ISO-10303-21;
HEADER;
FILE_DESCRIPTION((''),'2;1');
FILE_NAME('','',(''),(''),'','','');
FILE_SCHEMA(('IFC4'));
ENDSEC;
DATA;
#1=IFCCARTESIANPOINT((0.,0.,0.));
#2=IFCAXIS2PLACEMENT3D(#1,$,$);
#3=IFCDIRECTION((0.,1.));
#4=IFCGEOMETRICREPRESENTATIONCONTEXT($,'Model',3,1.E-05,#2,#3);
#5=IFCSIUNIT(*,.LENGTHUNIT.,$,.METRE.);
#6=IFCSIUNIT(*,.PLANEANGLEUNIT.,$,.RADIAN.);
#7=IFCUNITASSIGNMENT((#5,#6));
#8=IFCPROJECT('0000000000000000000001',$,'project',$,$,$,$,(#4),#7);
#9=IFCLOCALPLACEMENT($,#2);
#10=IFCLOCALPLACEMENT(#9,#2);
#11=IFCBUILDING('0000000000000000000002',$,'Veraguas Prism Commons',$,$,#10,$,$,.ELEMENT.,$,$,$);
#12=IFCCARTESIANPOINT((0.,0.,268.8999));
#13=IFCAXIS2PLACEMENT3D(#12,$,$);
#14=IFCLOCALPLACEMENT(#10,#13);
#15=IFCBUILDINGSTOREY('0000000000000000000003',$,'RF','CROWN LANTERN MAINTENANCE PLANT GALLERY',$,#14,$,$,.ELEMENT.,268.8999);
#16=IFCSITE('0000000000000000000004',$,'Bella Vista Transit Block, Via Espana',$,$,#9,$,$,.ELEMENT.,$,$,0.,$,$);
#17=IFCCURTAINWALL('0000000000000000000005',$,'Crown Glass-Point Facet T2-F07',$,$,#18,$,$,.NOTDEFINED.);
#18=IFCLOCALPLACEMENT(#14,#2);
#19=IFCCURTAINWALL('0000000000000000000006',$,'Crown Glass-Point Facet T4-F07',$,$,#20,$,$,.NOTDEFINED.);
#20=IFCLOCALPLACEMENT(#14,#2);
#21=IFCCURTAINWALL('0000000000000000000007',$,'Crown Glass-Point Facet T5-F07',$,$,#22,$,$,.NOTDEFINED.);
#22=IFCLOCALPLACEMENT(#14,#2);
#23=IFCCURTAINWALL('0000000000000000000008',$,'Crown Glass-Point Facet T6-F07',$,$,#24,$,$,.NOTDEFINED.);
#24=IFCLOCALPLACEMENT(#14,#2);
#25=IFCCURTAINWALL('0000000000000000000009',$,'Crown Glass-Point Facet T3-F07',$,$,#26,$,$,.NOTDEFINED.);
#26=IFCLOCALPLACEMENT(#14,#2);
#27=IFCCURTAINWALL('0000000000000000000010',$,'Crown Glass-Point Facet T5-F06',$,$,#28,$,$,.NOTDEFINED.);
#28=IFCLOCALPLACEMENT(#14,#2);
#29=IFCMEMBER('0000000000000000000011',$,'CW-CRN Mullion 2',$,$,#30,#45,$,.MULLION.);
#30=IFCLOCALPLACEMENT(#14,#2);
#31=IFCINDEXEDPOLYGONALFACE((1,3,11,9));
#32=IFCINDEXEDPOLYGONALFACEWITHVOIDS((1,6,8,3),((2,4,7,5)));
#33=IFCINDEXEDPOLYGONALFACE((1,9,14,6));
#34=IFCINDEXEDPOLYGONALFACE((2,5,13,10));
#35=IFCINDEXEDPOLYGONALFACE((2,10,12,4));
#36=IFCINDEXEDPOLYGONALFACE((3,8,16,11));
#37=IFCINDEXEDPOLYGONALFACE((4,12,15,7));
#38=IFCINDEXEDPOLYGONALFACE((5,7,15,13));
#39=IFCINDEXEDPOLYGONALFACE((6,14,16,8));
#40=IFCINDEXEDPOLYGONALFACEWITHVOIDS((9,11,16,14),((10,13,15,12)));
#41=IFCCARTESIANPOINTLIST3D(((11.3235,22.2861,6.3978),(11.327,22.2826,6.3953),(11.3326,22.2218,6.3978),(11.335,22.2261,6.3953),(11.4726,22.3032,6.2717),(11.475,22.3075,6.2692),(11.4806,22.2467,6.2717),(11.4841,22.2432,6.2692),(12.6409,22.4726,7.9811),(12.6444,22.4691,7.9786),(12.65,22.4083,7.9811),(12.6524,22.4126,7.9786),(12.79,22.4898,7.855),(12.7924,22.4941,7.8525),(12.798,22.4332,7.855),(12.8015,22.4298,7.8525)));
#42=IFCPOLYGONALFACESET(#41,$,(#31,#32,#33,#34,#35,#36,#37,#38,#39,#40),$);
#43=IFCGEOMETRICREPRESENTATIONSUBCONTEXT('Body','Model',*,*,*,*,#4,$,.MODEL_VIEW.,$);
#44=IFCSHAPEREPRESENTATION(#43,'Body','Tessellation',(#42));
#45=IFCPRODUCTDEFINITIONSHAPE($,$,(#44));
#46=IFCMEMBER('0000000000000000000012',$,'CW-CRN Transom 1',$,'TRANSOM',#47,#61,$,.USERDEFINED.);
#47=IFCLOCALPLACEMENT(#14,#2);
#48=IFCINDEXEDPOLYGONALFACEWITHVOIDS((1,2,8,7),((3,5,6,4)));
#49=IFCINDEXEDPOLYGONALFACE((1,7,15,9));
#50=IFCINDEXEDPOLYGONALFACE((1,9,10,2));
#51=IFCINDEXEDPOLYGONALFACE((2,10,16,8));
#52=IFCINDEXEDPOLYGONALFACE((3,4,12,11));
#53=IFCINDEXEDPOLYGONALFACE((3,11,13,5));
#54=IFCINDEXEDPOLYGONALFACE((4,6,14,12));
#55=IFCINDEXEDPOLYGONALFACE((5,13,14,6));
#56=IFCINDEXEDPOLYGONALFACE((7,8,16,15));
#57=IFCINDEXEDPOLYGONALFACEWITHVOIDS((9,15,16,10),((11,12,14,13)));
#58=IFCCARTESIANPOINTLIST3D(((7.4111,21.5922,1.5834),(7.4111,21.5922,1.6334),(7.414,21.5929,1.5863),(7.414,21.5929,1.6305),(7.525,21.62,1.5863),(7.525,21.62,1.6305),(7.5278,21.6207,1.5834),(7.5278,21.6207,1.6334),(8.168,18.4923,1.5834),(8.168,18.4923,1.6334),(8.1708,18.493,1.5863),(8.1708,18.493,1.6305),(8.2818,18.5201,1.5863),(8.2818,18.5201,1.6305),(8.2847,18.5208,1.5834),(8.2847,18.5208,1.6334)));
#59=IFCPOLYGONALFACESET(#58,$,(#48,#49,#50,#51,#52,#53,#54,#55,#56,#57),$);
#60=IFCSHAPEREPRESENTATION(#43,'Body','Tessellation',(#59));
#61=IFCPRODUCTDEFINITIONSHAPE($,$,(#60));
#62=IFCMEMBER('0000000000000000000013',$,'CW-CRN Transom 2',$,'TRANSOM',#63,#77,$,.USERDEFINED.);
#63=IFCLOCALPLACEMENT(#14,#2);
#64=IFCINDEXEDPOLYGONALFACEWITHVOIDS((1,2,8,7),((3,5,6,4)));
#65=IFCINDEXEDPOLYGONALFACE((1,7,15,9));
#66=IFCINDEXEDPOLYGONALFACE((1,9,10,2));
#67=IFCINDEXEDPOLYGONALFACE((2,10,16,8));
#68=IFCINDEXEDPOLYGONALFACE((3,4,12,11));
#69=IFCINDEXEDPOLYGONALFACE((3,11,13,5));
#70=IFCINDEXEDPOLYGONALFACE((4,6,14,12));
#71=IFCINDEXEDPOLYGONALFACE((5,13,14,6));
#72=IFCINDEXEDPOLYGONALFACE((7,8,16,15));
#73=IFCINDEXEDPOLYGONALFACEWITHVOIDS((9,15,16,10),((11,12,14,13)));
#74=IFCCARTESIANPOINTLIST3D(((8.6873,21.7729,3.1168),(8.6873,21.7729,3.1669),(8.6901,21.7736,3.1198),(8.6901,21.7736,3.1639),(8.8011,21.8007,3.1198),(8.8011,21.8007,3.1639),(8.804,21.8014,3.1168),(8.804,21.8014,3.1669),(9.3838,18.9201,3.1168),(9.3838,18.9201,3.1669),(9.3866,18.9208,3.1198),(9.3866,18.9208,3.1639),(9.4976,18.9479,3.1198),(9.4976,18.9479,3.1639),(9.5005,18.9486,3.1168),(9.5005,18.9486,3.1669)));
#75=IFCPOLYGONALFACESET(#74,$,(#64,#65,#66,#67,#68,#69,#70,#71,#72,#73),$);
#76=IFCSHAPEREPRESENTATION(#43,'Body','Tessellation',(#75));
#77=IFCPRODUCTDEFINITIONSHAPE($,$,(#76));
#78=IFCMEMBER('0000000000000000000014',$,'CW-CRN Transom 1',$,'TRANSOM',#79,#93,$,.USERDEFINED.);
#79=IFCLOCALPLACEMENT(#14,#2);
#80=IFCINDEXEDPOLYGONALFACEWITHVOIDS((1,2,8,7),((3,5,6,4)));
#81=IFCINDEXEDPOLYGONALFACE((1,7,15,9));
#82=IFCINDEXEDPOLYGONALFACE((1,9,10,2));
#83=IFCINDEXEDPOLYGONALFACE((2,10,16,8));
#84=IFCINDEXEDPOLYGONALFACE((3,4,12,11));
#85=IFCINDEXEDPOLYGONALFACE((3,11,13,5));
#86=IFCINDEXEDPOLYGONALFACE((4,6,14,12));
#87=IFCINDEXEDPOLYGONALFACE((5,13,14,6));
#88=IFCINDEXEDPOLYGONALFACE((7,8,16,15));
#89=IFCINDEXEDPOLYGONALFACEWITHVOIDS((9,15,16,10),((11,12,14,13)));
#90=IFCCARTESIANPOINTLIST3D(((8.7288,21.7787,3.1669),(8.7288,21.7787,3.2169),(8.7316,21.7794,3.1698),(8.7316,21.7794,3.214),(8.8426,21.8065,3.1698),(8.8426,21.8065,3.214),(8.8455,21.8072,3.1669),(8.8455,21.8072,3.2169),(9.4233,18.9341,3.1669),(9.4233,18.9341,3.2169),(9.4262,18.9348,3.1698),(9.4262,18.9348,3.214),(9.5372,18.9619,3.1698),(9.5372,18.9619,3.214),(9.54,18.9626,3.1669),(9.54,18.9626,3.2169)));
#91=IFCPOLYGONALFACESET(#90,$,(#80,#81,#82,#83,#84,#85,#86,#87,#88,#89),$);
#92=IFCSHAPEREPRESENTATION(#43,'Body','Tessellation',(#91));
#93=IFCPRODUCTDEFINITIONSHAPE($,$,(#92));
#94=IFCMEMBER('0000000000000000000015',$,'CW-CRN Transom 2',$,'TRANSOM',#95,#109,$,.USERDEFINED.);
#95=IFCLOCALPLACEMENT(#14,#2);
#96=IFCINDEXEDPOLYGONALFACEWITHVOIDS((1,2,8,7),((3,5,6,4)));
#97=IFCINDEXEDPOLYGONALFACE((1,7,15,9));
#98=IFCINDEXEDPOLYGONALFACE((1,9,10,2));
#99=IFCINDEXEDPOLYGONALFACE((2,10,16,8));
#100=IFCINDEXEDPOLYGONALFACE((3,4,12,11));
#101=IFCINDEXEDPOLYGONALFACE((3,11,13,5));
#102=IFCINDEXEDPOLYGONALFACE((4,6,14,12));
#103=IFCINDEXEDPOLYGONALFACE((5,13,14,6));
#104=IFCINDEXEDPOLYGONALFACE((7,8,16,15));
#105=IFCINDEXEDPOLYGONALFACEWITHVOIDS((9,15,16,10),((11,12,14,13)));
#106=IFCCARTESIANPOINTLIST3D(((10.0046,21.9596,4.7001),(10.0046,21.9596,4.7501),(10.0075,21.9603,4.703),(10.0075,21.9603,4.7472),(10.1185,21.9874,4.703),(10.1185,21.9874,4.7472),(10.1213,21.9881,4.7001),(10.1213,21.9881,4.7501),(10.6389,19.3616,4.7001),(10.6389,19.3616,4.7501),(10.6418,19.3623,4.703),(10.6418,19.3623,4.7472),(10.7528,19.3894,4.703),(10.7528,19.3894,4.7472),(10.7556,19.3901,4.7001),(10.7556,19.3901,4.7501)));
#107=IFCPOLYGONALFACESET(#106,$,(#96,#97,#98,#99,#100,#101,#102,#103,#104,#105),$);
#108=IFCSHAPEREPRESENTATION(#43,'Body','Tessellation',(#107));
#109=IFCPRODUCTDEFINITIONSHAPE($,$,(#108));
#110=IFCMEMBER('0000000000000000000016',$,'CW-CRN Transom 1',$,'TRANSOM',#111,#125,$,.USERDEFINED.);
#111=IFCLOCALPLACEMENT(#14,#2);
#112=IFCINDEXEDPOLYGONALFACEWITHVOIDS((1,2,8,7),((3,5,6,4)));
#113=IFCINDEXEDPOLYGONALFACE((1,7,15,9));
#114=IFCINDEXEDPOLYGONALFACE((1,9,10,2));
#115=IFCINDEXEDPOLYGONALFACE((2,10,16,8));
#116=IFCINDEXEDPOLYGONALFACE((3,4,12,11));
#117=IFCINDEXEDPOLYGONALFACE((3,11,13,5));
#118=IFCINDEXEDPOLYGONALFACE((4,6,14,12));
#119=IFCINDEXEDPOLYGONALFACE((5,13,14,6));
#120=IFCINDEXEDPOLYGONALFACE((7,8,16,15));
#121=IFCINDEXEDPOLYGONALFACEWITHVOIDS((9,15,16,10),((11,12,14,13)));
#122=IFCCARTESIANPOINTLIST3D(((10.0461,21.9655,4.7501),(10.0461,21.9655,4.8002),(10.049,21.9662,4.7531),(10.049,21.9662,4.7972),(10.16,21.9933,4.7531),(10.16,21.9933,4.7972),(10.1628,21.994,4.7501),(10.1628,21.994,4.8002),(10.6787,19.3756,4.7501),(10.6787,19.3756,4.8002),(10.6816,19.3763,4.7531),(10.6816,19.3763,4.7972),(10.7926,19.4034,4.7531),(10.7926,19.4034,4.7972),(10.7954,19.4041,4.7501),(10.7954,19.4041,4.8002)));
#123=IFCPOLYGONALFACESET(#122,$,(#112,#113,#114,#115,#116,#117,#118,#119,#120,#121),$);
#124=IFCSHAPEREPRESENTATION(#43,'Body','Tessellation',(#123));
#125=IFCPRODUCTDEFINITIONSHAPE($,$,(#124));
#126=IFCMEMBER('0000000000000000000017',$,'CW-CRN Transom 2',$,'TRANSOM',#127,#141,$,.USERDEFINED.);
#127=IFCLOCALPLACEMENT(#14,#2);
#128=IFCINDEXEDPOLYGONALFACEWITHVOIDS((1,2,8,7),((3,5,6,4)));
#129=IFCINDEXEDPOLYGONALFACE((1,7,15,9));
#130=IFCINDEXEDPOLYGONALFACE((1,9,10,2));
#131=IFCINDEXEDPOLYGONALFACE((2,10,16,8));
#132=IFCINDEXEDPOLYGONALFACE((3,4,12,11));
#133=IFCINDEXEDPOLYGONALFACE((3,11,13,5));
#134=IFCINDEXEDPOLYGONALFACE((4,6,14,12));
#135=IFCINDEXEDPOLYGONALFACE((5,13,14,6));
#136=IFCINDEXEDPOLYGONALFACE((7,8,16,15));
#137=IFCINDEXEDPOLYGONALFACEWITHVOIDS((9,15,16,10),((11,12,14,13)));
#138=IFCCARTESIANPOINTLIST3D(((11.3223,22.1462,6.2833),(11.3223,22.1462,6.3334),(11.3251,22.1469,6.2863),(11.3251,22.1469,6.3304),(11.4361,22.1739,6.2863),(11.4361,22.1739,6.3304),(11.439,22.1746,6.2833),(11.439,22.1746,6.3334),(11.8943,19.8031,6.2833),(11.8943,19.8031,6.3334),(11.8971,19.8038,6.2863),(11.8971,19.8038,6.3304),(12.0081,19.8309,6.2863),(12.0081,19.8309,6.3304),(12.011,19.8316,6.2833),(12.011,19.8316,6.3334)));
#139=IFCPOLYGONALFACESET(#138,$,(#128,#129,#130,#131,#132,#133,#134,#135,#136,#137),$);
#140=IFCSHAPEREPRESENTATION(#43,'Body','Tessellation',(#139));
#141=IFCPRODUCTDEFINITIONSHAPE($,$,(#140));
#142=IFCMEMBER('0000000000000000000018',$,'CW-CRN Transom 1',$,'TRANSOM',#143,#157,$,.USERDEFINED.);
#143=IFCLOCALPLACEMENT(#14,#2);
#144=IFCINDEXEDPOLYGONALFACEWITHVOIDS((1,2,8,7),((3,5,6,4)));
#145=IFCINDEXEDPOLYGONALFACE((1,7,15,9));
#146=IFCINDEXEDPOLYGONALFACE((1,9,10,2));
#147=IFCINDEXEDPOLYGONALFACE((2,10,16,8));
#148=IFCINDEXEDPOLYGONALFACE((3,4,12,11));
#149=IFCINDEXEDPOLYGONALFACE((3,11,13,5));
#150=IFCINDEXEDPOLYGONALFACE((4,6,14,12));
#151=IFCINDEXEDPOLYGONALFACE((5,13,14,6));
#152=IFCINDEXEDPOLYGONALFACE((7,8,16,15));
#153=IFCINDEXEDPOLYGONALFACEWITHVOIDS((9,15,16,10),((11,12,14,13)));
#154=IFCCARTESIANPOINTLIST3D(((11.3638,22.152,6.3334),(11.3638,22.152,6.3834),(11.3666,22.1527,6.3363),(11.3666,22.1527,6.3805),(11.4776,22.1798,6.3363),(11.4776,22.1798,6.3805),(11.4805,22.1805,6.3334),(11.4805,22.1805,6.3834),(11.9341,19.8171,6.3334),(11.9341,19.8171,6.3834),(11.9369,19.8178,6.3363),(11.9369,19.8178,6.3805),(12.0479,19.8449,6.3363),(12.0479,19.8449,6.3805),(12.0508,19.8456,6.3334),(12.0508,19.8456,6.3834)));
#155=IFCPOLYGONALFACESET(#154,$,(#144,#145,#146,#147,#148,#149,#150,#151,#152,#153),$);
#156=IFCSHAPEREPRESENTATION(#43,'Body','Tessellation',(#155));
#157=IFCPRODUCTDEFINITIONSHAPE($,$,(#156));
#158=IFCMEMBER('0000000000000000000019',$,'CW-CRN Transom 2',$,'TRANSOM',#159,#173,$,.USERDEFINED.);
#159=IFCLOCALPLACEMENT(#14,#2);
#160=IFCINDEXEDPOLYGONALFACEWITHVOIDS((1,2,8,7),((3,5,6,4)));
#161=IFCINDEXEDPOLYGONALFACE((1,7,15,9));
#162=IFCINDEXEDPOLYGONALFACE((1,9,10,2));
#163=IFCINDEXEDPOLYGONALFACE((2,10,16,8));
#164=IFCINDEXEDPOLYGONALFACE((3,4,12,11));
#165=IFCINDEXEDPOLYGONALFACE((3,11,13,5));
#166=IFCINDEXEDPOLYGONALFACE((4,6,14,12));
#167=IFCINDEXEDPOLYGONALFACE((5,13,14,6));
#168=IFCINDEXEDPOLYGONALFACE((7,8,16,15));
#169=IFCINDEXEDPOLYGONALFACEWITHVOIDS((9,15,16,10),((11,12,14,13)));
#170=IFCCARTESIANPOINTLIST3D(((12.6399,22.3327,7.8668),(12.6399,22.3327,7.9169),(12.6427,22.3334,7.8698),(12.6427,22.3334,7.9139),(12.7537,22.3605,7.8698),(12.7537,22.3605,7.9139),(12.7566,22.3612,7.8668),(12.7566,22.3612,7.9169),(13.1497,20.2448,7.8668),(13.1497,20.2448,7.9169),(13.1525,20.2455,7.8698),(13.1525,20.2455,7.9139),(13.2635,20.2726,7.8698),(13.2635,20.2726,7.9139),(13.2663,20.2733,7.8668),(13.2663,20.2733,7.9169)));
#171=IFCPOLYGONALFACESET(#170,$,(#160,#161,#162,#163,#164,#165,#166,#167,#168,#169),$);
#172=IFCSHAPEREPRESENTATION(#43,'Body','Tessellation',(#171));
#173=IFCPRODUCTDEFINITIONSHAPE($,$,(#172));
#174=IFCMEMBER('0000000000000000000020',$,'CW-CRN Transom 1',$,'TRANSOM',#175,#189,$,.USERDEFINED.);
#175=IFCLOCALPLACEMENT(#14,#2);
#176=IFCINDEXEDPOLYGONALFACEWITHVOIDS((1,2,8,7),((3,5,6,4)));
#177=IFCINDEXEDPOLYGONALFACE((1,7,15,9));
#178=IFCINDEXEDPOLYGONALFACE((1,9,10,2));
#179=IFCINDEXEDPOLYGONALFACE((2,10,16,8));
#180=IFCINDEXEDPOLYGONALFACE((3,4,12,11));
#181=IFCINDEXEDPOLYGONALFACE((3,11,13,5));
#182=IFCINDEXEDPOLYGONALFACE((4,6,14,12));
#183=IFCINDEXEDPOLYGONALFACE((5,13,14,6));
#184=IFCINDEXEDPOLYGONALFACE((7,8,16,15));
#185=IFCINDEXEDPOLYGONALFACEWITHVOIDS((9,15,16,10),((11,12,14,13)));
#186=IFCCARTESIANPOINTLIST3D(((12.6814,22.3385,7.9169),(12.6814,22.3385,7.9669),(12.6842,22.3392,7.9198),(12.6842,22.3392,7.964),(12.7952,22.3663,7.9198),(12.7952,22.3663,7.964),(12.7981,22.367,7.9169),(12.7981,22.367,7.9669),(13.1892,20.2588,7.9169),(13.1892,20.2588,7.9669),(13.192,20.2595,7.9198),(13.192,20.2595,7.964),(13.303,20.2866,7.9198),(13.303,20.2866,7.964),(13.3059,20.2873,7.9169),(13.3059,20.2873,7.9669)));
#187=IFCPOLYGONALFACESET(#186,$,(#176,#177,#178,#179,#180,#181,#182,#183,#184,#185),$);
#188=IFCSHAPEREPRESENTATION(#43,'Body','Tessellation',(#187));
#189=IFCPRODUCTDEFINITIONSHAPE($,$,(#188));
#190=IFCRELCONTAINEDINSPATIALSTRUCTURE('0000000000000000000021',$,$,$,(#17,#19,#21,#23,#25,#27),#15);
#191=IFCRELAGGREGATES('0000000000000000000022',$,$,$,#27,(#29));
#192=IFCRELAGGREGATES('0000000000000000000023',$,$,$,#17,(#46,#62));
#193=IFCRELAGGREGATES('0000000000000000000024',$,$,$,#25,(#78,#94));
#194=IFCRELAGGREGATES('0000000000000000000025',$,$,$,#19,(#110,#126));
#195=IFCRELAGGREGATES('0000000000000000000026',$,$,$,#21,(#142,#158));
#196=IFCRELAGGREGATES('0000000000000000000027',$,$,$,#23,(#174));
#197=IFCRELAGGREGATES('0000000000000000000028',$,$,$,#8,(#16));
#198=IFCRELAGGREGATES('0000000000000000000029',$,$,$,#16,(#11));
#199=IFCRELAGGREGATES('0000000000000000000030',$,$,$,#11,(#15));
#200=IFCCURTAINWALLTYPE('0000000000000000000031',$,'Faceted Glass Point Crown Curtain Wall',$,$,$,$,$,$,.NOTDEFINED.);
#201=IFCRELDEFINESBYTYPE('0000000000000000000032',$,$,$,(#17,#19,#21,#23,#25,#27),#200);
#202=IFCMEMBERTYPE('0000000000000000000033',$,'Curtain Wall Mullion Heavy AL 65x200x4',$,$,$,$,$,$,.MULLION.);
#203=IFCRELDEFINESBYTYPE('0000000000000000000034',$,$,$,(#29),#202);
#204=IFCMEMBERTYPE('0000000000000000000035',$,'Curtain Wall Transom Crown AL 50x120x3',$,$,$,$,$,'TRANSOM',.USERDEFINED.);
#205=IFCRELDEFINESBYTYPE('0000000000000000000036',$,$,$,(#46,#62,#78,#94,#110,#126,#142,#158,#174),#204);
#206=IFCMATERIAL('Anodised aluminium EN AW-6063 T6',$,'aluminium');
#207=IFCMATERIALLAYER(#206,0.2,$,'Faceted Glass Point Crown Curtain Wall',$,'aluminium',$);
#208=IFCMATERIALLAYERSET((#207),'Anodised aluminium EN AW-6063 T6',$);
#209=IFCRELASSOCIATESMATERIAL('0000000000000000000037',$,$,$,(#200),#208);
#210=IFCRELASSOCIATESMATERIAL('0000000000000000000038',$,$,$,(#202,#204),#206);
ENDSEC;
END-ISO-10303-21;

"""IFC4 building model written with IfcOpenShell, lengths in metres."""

from ifc_helpers import new_model, si_unit, direction, frame, origin, origin_2d, place, context, subcontext, project, spatial, hollow_rectangle, extrude, source, transform, mapped, material, layer, layer_set, material_profile, profile_set, type_object, element, aggregate, save


model = new_model("IFC4")

# Units and contexts
model_context = context("Model", 3, precision=1e-05, world=origin(), true_north=direction((0.0, 1.0)))
body_context = subcontext(model_context, "Body", "Model", "MODEL_VIEW")
ifc_project = project(units=[si_unit("LENGTHUNIT", "METRE"), si_unit("PLANEANGLEUNIT", "RADIAN")], contexts=[model_context])

# Site, building, storey
site_placement = place(None, origin())
site = spatial("IfcSite", under=ifc_project, at=site_placement, Name="Bella Vista Transit Block, Via Espana", CompositionType="ELEMENT", RefElevation=0.0)
building_placement = place(site_placement, origin())
building = spatial("IfcBuilding", under=site, at=building_placement, Name="Veraguas Prism Commons", CompositionType="ELEMENT")
storey_placement = place(building_placement, frame((0.0, 0.0, 268.8999)))
storey = spatial("IfcBuildingStorey", under=building, at=storey_placement, Name="RF", Description="CROWN LANTERN MAINTENANCE PLANT GALLERY", CompositionType="ELEMENT", Elevation=268.8999)

# Curtain walls
ifc_material_1 = material(Name="Anodised aluminium EN AW-6063 T6", Category="aluminium")
ifc_layer_1 = layer(ifc_material_1, 0.2, Name="Faceted Glass Point Crown Curtain Wall", Category="aluminium")
ifc_layer_set_1 = layer_set([ifc_layer_1], Name="Anodised aluminium EN AW-6063 T6")
curtain_wall_type = type_object("IfcCurtainWallType", Name="Faceted Glass Point Crown Curtain Wall", PredefinedType="NOTDEFINED", material=ifc_layer_set_1)
ifc_material_profile_1 = material_profile(ifc_material_1, hollow_rectangle(XDim=0.0649, YDim=0.2, WallThickness=0.0039, at=origin_2d()), Name="AL65X200X4")
ifc_profile_set_1 = profile_set([ifc_material_profile_1], Name="Anodised aluminium EN AW-6063 T6")
member_type_1 = type_object("IfcMemberType", Name="Curtain Wall Mullion Heavy AL 65x200x4", PredefinedType="MULLION", material=ifc_profile_set_1)
curtain_wall_1_placement = place(storey_placement, origin())
curtain_wall_1 = element("IfcCurtainWall", 1, at=curtain_wall_1_placement, inside=storey, type_object=curtain_wall_type, Name="Crown Glass-Point Facet T2-F07", PredefinedType="NOTDEFINED")
curtain_wall_2_placement = place(storey_placement, origin())
curtain_wall_2 = element("IfcCurtainWall", 2, at=curtain_wall_2_placement, inside=storey, type_object=curtain_wall_type, Name="Crown Glass-Point Facet T4-F07", PredefinedType="NOTDEFINED")
curtain_wall_3_placement = place(storey_placement, origin())
curtain_wall_3 = element("IfcCurtainWall", 3, at=curtain_wall_3_placement, inside=storey, type_object=curtain_wall_type, Name="Crown Glass-Point Facet T5-F07", PredefinedType="NOTDEFINED")
curtain_wall_4_placement = place(storey_placement, origin())
curtain_wall_4 = element("IfcCurtainWall", 4, at=curtain_wall_4_placement, inside=storey, type_object=curtain_wall_type, Name="Crown Glass-Point Facet T6-F07", PredefinedType="NOTDEFINED")

# Shared definitions
ifc_material_profile_2 = material_profile(ifc_material_1, hollow_rectangle(XDim=0.05, YDim=0.1201, WallThickness=0.0029, at=origin_2d()), Name="AL50X120X3")
ifc_profile_set_2 = profile_set([ifc_material_profile_2], Name="Anodised aluminium EN AW-6063 T6")
member_type_2 = type_object("IfcMemberType", Name="Curtain Wall Transom Crown AL 50x120x3", ElementType="TRANSOM", PredefinedType="USERDEFINED", material=ifc_profile_set_2)

# Curtain walls, member
curtain_wall_5_placement = place(storey_placement, origin())
curtain_wall_5 = element("IfcCurtainWall", 5, at=curtain_wall_5_placement, inside=storey, type_object=curtain_wall_type, Name="Crown Glass-Point Facet T3-F07", PredefinedType="NOTDEFINED")
shared_shape_1 = source(origin(), body_context, "Body", "SweptSolid", [
    extrude(hollow_rectangle(XDim=0.0649, YDim=0.2, WallThickness=0.0039, at=origin_2d()), origin(), (0.0, 0.0, 1.0), 2.0681),
])
curtain_wall_6_placement = place(storey_placement, origin())
curtain_wall_6 = element("IfcCurtainWall", 6, at=curtain_wall_6_placement, inside=storey, type_object=curtain_wall_type, Name="Crown Glass-Point Facet T5-F06", PredefinedType="NOTDEFINED")
member_1_placement = place(storey_placement, frame((11.4038, 22.2646, 6.3335), z_axis=(0.637006, 0.090191, 0.765564), x_axis=(-0.140188, 0.990125, 0.0)))
member_1 = element("IfcMember", 7, at=member_1_placement, type_object=member_type_1, Name="CW-CRN Mullion 2", PredefinedType="MULLION", context=body_context, shape_type="MappedRepresentation", body=[
    mapped(shared_shape_1, transform((0.0, 0.0, 0.0), scale=1.0)),
])
aggregate(curtain_wall_6, [member_1])

# Members
shared_shape_2 = source(origin(), body_context, "Body", "SweptSolid", [
    extrude(hollow_rectangle(XDim=0.05, YDim=0.1201, WallThickness=0.0029, at=origin_2d()), origin(), (0.0, 0.0, 1.0), 3.1909),
])
member_2_placement = place(storey_placement, frame((7.4695, 21.6064, 1.6084), z_axis=(0.237185, -0.971464, 0.0), x_axis=(0.0, 0.0, 1.0)))
member_2 = element("IfcMember", 8, at=member_2_placement, type_object=member_type_2, Name="CW-CRN Transom 1", ObjectType="TRANSOM", PredefinedType="USERDEFINED", context=body_context, shape_type="MappedRepresentation", body=[
    mapped(shared_shape_2, transform((0.0, 0.0, 0.0), scale=1.0)),
])
shared_shape_3 = source(origin(), body_context, "Body", "SweptSolid", [
    extrude(hollow_rectangle(XDim=0.05, YDim=0.1201, WallThickness=0.0029, at=origin_2d()), origin(), (0.0, 0.0, 1.0), 2.9365),
])
member_3_placement = place(storey_placement, frame((8.7456, 21.7871, 3.1418), z_axis=(0.237192, -0.971463, 0.0), x_axis=(0.0, 0.0, 1.0)))
member_3 = element("IfcMember", 9, at=member_3_placement, type_object=member_type_2, Name="CW-CRN Transom 2", ObjectType="TRANSOM", PredefinedType="USERDEFINED", context=body_context, shape_type="MappedRepresentation", body=[
    mapped(shared_shape_3, transform((0.0, 0.0, 0.0), scale=1.0)),
])
shared_shape_4 = source(origin(), body_context, "Body", "SweptSolid", [
    extrude(hollow_rectangle(XDim=0.05, YDim=0.1201, WallThickness=0.0029, at=origin_2d()), origin(), (0.0, 0.0, 1.0), 2.9282),
])
member_4_placement = place(storey_placement, frame((8.7871, 21.793, 3.1919), z_axis=(0.237196, -0.971462, 0.0), x_axis=(0.0, 0.0, 1.0)))
member_4 = element("IfcMember", 10, at=member_4_placement, type_object=member_type_2, Name="CW-CRN Transom 1", ObjectType="TRANSOM", PredefinedType="USERDEFINED", context=body_context, shape_type="MappedRepresentation", body=[
    mapped(shared_shape_4, transform((0.0, 0.0, 0.0), scale=1.0)),
])
shared_shape_5 = source(origin(), body_context, "Body", "SweptSolid", [
    extrude(hollow_rectangle(XDim=0.05, YDim=0.1201, WallThickness=0.0029, at=origin_2d()), origin(), (0.0, 0.0, 1.0), 2.6743),
])
member_5_placement = place(storey_placement, frame((10.063, 21.9739, 4.7251), z_axis=(0.237183, -0.971465, 0.0), x_axis=(0.0, 0.0, 1.0)))
member_5 = element("IfcMember", 11, at=member_5_placement, type_object=member_type_2, Name="CW-CRN Transom 2", ObjectType="TRANSOM", PredefinedType="USERDEFINED", context=body_context, shape_type="MappedRepresentation", body=[
    mapped(shared_shape_5, transform((0.0, 0.0, 0.0), scale=1.0)),
])
shared_shape_6 = source(origin(), body_context, "Body", "SweptSolid", [
    extrude(hollow_rectangle(XDim=0.05, YDim=0.1201, WallThickness=0.0029, at=origin_2d()), origin(), (0.0, 0.0, 1.0), 2.666),
])
member_6_placement = place(storey_placement, frame((10.1045, 21.9797, 4.7751), z_axis=(0.237274, -0.971443, 0.0), x_axis=(0.0, 0.0, 1.0)))
member_6 = element("IfcMember", 12, at=member_6_placement, type_object=member_type_2, Name="CW-CRN Transom 1", ObjectType="TRANSOM", PredefinedType="USERDEFINED", context=body_context, shape_type="MappedRepresentation", body=[
    mapped(shared_shape_6, transform((0.0, 0.0, 0.0), scale=1.0)),
])
shared_shape_7 = source(origin(), body_context, "Body", "SweptSolid", [
    extrude(hollow_rectangle(XDim=0.05, YDim=0.1201, WallThickness=0.0029, at=origin_2d()), origin(), (0.0, 0.0, 1.0), 2.4119),
])
member_7_placement = place(storey_placement, frame((11.3806, 22.1604, 6.3083), z_axis=(0.237173, -0.971467, 0.0), x_axis=(0.0, 0.0, 1.0)))
member_7 = element("IfcMember", 13, at=member_7_placement, type_object=member_type_2, Name="CW-CRN Transom 2", ObjectType="TRANSOM", PredefinedType="USERDEFINED", context=body_context, shape_type="MappedRepresentation", body=[
    mapped(shared_shape_7, transform((0.0, 0.0, 0.0), scale=1.0)),
])
shared_shape_8 = source(origin(), body_context, "Body", "SweptSolid", [
    extrude(hollow_rectangle(XDim=0.05, YDim=0.1201, WallThickness=0.0029, at=origin_2d()), origin(), (0.0, 0.0, 1.0), 2.4036),
])
member_8_placement = place(storey_placement, frame((11.4221, 22.1663, 6.3584), z_axis=(0.237274, -0.971443, 0.0), x_axis=(0.0, 0.0, 1.0)))
member_8 = element("IfcMember", 14, at=member_8_placement, type_object=member_type_2, Name="CW-CRN Transom 1", ObjectType="TRANSOM", PredefinedType="USERDEFINED", context=body_context, shape_type="MappedRepresentation", body=[
    mapped(shared_shape_8, transform((0.0, 0.0, 0.0), scale=1.0)),
])
shared_shape_9 = source(origin(), body_context, "Body", "SweptSolid", [
    extrude(hollow_rectangle(XDim=0.05, YDim=0.1201, WallThickness=0.0029, at=origin_2d()), origin(), (0.0, 0.0, 1.0), 2.1492),
])
member_9_placement = place(storey_placement, frame((12.6982, 22.3469, 7.8918), z_axis=(0.237186, -0.971464, 0.0), x_axis=(0.0, 0.0, 1.0)))
member_9 = element("IfcMember", 15, at=member_9_placement, type_object=member_type_2, Name="CW-CRN Transom 2", ObjectType="TRANSOM", PredefinedType="USERDEFINED", context=body_context, shape_type="MappedRepresentation", body=[
    mapped(shared_shape_9, transform((0.0, 0.0, 0.0), scale=1.0)),
])
shared_shape_10 = source(origin(), body_context, "Body", "SweptSolid", [
    extrude(hollow_rectangle(XDim=0.05, YDim=0.1201, WallThickness=0.0029, at=origin_2d()), origin(), (0.0, 0.0, 1.0), 2.1409),
])
member_10_placement = place(storey_placement, frame((12.7397, 22.3528, 7.9419), z_axis=(0.237192, -0.971463, 0.0), x_axis=(0.0, 0.0, 1.0)))
member_10 = element("IfcMember", 16, at=member_10_placement, type_object=member_type_2, Name="CW-CRN Transom 1", ObjectType="TRANSOM", PredefinedType="USERDEFINED", context=body_context, shape_type="MappedRepresentation", body=[
    mapped(shared_shape_10, transform((0.0, 0.0, 0.0), scale=1.0)),
])

aggregate(curtain_wall_1, [member_2, member_3])
aggregate(curtain_wall_5, [member_4, member_5])
aggregate(curtain_wall_2, [member_6, member_7])
aggregate(curtain_wall_3, [member_8, member_9])
aggregate(curtain_wall_4, [member_10])

save(model, "model.ifc")
